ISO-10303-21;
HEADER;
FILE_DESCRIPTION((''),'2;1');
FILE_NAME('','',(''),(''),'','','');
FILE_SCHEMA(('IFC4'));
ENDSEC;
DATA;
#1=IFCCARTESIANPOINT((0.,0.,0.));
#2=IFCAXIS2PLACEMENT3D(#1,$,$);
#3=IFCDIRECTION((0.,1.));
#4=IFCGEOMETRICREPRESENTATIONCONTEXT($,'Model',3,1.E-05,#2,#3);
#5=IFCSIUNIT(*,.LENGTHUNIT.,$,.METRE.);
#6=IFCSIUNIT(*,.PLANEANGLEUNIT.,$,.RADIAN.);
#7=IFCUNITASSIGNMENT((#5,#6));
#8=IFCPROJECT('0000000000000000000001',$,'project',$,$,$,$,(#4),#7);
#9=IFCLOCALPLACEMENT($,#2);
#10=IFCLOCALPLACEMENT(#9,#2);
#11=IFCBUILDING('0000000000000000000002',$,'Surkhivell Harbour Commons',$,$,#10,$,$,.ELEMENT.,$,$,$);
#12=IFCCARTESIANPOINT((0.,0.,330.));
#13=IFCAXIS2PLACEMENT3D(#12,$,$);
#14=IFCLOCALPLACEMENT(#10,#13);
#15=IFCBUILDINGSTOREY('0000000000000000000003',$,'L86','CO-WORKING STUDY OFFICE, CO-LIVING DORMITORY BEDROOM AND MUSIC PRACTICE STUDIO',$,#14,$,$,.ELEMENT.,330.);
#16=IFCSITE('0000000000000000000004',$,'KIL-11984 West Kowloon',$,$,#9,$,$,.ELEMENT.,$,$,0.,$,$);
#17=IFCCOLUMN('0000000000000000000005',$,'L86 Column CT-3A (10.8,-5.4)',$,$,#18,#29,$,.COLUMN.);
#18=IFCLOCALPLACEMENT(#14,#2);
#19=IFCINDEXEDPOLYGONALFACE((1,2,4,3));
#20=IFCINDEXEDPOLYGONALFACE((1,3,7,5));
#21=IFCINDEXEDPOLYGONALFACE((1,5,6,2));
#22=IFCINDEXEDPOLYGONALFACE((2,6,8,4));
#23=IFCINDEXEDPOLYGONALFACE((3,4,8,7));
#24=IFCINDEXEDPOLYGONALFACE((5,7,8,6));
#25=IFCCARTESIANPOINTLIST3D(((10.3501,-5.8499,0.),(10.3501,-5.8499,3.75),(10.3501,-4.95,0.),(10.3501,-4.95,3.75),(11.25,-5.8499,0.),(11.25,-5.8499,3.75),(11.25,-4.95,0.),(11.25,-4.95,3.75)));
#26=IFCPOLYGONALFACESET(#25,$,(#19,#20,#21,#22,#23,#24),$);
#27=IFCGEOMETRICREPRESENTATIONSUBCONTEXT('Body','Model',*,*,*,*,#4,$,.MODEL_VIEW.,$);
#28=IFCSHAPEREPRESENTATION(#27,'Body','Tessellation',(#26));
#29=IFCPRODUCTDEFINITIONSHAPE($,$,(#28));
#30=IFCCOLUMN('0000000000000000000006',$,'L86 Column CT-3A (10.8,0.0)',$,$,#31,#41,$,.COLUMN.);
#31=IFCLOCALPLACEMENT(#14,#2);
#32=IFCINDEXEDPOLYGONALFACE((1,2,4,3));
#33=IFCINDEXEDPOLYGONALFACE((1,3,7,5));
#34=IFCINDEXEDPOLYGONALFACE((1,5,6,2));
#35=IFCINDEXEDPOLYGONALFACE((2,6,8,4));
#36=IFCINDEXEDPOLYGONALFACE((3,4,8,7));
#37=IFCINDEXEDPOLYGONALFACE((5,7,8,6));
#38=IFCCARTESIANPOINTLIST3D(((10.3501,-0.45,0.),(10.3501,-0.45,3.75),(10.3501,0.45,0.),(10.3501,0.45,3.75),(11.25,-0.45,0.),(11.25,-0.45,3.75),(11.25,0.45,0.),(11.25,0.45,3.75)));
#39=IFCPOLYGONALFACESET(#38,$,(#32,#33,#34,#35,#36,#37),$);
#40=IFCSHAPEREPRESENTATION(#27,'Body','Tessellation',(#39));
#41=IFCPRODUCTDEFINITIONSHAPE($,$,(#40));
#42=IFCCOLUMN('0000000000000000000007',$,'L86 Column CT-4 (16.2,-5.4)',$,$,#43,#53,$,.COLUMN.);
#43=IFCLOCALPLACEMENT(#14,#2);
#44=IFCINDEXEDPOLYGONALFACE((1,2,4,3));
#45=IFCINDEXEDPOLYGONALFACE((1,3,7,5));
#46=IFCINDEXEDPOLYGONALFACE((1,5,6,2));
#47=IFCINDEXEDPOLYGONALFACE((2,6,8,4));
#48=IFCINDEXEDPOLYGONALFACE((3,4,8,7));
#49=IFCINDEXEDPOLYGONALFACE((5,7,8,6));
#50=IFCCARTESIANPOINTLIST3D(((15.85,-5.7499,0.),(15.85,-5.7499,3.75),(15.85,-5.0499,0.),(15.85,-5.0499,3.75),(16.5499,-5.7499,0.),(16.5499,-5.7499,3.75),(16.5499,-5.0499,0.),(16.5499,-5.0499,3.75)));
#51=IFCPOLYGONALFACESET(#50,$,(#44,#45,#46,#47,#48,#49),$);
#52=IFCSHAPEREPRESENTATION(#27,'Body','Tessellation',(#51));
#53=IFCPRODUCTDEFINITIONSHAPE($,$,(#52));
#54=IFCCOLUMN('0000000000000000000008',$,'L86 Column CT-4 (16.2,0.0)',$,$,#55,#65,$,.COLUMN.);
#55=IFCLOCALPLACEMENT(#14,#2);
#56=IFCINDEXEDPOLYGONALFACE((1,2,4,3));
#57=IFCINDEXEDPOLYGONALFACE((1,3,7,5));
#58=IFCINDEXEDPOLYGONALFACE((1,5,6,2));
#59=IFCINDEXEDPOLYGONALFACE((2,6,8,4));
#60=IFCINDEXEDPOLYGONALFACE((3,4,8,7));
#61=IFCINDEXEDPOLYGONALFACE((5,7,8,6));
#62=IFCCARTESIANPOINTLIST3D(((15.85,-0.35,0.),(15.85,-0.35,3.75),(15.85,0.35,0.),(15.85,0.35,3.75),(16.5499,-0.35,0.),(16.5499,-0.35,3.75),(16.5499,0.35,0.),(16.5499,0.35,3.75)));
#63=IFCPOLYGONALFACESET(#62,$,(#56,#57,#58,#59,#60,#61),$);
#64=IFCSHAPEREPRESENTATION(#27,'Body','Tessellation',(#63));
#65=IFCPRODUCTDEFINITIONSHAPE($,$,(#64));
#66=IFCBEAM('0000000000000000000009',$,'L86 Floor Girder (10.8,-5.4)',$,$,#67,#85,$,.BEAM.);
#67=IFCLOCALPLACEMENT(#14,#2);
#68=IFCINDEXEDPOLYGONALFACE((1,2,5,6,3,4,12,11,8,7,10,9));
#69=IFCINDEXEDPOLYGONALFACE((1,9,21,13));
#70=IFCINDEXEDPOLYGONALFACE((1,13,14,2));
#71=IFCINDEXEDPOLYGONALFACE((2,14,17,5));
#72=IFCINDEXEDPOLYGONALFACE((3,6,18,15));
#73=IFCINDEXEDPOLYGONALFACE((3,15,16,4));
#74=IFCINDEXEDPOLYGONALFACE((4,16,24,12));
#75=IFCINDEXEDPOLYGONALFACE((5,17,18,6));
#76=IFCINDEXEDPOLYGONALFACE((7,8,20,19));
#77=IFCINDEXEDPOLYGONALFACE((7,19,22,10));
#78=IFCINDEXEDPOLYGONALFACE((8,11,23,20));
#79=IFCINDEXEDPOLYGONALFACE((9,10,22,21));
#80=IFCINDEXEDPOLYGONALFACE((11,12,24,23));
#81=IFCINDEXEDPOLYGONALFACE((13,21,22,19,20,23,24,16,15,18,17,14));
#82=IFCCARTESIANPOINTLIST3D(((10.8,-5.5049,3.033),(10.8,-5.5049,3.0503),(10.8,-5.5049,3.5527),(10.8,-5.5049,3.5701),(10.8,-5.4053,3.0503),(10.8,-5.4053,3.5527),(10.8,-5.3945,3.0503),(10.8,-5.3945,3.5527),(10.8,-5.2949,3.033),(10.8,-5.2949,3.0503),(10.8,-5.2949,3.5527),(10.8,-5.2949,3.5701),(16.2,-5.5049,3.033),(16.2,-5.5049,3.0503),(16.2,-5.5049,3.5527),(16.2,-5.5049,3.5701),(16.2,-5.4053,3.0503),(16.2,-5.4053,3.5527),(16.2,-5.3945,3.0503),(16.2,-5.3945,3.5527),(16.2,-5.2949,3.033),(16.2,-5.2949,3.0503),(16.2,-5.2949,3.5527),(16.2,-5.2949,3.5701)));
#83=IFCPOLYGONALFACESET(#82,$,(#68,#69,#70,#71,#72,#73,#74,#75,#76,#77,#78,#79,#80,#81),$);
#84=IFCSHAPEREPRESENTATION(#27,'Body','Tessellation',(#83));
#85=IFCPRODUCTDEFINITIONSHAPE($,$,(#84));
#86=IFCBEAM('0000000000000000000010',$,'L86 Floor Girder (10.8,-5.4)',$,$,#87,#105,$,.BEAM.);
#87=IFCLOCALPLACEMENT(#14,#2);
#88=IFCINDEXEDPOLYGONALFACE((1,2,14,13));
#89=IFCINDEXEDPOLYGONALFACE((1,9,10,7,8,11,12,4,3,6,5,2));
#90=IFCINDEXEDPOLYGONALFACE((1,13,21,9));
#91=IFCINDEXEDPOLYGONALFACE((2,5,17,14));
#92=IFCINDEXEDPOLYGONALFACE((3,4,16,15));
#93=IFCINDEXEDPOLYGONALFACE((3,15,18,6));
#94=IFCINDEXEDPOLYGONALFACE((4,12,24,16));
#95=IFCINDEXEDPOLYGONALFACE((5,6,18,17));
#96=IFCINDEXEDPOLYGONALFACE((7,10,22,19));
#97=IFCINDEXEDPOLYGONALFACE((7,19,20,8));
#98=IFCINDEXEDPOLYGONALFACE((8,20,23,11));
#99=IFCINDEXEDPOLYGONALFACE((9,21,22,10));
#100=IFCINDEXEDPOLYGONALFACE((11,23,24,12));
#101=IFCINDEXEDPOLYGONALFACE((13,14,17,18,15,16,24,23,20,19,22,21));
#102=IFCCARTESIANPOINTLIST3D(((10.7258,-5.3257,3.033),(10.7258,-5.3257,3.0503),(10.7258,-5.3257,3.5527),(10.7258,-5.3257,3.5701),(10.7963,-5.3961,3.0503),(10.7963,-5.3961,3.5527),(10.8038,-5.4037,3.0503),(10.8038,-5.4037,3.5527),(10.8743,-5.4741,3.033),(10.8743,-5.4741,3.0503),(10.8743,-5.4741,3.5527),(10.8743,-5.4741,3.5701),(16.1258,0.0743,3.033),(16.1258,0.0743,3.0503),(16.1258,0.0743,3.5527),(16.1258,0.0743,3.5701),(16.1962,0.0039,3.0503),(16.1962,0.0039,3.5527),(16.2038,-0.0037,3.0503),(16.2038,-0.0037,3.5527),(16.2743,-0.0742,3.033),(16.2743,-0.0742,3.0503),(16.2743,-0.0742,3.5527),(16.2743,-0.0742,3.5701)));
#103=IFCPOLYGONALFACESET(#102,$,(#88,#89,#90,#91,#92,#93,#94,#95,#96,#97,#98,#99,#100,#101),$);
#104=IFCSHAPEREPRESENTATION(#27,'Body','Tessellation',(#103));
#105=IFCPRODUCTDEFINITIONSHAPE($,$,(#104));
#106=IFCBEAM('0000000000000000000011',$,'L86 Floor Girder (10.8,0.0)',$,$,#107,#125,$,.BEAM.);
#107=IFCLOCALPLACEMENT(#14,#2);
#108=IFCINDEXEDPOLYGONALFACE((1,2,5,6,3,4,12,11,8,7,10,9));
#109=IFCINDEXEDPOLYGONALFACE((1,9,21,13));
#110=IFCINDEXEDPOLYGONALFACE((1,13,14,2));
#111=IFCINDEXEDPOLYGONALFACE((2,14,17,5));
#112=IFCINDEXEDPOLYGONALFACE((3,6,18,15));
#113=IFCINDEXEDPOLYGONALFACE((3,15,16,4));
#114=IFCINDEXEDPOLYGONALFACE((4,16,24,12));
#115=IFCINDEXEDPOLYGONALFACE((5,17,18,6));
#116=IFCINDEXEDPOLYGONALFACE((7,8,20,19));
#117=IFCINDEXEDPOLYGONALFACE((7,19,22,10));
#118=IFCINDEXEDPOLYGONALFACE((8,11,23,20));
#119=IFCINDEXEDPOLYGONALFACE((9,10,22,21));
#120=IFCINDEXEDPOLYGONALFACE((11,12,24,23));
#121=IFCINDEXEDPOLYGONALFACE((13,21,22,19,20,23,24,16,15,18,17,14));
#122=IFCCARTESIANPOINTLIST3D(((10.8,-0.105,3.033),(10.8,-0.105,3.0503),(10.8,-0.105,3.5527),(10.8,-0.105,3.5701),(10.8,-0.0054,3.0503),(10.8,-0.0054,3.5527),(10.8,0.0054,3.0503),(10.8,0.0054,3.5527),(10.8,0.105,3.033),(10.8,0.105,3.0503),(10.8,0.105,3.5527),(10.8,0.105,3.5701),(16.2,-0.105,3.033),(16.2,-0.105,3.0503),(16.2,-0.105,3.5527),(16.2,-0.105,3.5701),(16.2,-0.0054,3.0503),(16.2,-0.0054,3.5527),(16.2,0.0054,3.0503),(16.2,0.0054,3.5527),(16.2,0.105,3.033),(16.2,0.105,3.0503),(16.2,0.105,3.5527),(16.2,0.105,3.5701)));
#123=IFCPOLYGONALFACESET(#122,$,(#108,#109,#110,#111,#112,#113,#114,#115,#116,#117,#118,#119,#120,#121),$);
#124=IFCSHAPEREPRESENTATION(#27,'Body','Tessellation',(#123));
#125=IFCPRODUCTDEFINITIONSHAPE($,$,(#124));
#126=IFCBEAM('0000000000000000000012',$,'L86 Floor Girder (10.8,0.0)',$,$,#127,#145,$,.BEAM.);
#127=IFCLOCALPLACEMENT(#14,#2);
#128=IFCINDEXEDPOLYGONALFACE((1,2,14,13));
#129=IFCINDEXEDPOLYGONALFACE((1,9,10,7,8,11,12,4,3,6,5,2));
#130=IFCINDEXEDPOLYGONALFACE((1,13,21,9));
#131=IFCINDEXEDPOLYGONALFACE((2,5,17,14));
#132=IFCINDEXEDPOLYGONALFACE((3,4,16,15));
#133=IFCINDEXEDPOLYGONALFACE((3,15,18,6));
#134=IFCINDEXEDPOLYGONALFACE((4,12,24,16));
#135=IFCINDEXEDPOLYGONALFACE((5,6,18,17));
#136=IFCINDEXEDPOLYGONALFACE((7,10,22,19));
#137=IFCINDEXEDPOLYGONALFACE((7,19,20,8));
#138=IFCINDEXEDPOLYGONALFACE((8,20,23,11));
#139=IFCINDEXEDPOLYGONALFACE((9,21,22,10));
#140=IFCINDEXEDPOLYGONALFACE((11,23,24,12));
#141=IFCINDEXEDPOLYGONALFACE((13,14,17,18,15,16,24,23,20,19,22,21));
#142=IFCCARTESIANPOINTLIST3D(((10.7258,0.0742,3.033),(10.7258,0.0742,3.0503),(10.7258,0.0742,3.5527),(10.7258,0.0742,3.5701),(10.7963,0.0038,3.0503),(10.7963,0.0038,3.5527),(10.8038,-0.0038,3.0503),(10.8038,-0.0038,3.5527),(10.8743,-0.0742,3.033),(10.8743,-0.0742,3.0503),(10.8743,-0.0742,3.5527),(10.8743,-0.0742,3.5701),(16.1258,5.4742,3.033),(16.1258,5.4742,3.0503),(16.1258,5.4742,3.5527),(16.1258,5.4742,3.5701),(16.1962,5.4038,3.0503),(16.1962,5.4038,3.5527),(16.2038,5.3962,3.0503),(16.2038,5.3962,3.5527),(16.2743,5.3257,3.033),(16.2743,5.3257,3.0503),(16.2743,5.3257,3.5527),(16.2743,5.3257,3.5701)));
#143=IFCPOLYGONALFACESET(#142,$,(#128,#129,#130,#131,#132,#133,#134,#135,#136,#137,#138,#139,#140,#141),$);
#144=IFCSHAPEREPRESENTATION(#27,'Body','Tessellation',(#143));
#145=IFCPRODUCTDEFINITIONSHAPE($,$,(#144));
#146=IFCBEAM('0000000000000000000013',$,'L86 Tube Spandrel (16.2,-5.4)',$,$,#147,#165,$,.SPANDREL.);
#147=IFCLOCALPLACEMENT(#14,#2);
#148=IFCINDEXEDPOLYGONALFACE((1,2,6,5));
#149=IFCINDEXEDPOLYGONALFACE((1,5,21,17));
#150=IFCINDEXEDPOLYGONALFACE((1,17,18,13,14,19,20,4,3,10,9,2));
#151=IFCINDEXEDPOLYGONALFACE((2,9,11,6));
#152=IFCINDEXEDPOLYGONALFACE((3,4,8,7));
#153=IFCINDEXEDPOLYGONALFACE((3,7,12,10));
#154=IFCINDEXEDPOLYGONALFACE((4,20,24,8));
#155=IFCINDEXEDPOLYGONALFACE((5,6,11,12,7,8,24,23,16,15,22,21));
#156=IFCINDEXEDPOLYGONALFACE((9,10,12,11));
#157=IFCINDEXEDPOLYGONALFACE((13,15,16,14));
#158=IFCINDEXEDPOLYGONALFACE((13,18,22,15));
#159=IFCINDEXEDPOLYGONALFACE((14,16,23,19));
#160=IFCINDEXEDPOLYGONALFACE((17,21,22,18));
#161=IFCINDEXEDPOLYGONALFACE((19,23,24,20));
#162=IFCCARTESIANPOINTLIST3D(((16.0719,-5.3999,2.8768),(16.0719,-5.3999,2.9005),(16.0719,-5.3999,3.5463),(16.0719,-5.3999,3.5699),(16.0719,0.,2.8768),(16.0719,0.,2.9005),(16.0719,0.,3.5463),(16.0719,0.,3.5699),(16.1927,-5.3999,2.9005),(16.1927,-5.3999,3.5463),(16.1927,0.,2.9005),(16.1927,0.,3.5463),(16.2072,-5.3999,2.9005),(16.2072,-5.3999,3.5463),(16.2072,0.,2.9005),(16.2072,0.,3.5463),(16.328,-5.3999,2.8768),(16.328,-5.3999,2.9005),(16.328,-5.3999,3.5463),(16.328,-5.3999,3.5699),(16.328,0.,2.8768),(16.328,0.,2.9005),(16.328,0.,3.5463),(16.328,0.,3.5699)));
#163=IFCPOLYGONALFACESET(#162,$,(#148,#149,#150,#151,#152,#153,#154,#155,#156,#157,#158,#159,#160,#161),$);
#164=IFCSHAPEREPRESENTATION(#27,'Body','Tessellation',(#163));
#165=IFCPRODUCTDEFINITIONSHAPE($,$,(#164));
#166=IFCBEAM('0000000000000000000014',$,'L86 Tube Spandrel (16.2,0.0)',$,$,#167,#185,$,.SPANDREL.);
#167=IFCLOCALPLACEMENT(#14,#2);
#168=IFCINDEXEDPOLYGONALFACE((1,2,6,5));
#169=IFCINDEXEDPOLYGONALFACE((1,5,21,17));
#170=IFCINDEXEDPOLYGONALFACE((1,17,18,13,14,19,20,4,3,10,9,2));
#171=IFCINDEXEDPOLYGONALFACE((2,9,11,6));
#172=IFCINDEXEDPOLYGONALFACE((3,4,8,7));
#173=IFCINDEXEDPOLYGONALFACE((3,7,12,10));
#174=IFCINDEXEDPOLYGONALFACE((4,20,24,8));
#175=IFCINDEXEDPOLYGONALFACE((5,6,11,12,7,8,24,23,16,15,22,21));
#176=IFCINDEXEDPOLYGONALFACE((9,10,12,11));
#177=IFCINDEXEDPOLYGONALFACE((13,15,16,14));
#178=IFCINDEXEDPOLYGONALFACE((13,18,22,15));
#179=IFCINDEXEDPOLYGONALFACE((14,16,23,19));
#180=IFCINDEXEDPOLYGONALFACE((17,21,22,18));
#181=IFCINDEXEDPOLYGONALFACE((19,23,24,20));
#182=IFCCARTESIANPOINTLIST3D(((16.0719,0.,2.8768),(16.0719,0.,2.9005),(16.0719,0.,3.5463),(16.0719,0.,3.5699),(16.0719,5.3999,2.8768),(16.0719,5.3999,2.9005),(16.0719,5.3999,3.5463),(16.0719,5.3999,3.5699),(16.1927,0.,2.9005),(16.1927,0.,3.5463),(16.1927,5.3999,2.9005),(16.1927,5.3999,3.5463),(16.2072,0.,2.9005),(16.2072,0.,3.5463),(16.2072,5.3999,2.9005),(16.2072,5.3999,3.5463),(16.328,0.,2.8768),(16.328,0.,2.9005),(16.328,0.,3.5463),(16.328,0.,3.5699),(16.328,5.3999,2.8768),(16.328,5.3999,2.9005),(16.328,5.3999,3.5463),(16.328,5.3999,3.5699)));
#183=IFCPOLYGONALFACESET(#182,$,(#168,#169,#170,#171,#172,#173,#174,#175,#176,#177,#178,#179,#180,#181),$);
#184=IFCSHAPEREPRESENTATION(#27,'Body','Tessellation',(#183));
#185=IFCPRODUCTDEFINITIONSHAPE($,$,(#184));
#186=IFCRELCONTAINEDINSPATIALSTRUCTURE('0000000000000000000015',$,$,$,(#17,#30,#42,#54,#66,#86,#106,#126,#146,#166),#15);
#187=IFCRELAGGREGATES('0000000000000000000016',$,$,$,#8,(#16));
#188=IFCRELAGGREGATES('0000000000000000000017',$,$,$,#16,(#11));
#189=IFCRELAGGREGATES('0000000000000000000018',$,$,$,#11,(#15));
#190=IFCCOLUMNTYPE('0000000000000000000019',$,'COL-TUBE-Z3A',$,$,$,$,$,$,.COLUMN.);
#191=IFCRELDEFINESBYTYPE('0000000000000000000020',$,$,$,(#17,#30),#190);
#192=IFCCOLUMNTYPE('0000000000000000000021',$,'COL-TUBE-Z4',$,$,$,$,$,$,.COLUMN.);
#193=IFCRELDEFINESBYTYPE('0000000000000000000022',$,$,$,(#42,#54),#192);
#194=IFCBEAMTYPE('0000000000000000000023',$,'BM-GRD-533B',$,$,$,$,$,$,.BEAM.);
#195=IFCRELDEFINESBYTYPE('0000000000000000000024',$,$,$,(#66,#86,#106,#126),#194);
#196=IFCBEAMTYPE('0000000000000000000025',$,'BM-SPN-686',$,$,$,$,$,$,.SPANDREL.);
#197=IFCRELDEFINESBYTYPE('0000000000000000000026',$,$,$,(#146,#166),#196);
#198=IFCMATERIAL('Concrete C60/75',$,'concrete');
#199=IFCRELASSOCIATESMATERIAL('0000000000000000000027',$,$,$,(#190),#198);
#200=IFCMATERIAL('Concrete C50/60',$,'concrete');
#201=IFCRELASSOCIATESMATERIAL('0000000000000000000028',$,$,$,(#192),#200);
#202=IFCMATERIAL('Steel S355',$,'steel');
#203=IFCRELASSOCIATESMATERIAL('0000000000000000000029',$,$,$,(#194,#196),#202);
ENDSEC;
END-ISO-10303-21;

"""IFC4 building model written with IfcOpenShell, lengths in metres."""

from ifc_helpers import new_model, si_unit, direction, frame, origin, origin_2d, place, context, subcontext, project, spatial, rectangle, i_section, extrude, material, material_profile, profile_set, type_object, element, save


model = new_model("IFC4")

# Units and contexts
model_context = context("Model", 3, precision=1e-05, world=origin(), true_north=direction((0.0, 1.0)))
body_context = subcontext(model_context, "Body", "Model", "MODEL_VIEW")
ifc_project = project(units=[si_unit("LENGTHUNIT", "METRE"), si_unit("PLANEANGLEUNIT", "RADIAN")], contexts=[model_context])

# Site, building, storey
site_placement = place(None, origin())
site = spatial("IfcSite", under=ifc_project, at=site_placement, Name="KIL-11984 West Kowloon", CompositionType="ELEMENT", RefElevation=0.0)
building_placement = place(site_placement, origin())
building = spatial("IfcBuilding", under=site, at=building_placement, Name="Surkhivell Harbour Commons", CompositionType="ELEMENT")
storey_placement = place(building_placement, frame((0.0, 0.0, 330.0)))
storey = spatial("IfcBuildingStorey", under=building, at=storey_placement, Name="L86", Description="CO-WORKING STUDY OFFICE, CO-LIVING DORMITORY BEDROOM AND MUSIC PRACTICE STUDIO", CompositionType="ELEMENT", Elevation=330.0)

# Columns
ifc_material_1 = material(Name="Concrete C60/75", Category="concrete")
ifc_material_profile_1 = material_profile(ifc_material_1, rectangle(XDim=0.8999, YDim=0.8999, at=origin_2d()), Name="RC-COL-900x900")
ifc_profile_set_1 = profile_set([ifc_material_profile_1], Name="Concrete C60/75")
column_type_1 = type_object("IfcColumnType", Name="COL-TUBE-Z3A", PredefinedType="COLUMN", material=ifc_profile_set_1)
for number, where, z_axis, x_axis, name in (
    (1, (10.8, -5.3999, 0.0), (0.0, 0.0, 1.0), (1.0, 0.0, 0.0), "L86 Column CT-3A (10.8,-5.4)"),
    (2, (10.8, 0.0, 0.0), (0.0, 0.0, 1.0), (1.0, 0.0, 0.0), "L86 Column CT-3A (10.8,0.0)"),
):
    element("IfcColumn", number, at=place(storey_placement, frame(where, z_axis=z_axis, x_axis=x_axis)), inside=storey, type_object=column_type_1, Name=name, PredefinedType="COLUMN", context=body_context, shape_type="SweptSolid", body=[
        extrude(rectangle(XDim=0.8999, YDim=0.8999, at=origin_2d()), origin(), (0.0, 0.0, 1.0), 3.75),
    ])
ifc_material_2 = material(Name="Concrete C50/60", Category="concrete")
ifc_material_profile_2 = material_profile(ifc_material_2, rectangle(XDim=0.7, YDim=0.7, at=origin_2d()), Name="RC-COL-700x700")
ifc_profile_set_2 = profile_set([ifc_material_profile_2], Name="Concrete C50/60")
column_type_2 = type_object("IfcColumnType", Name="COL-TUBE-Z4", PredefinedType="COLUMN", material=ifc_profile_set_2)
for number, where, z_axis, x_axis, name in (
    (3, (16.2, -5.3999, 0.0), (0.0, 0.0, 1.0), (1.0, 0.0, 0.0), "L86 Column CT-4 (16.2,-5.4)"),
    (4, (16.2, 0.0, 0.0), (0.0, 0.0, 1.0), (1.0, 0.0, 0.0), "L86 Column CT-4 (16.2,0.0)"),
):
    element("IfcColumn", number, at=place(storey_placement, frame(where, z_axis=z_axis, x_axis=x_axis)), inside=storey, type_object=column_type_2, Name=name, PredefinedType="COLUMN", context=body_context, shape_type="SweptSolid", body=[
        extrude(rectangle(XDim=0.7, YDim=0.7, at=origin_2d()), origin(), (0.0, 0.0, 1.0), 3.75),
    ])

# Beams
ifc_material_3 = material(Name="Steel S355", Category="steel")
ifc_material_profile_3 = material_profile(ifc_material_3, i_section(OverallWidth=0.21, OverallDepth=0.5371, WebThickness=0.0107, FlangeThickness=0.0173, at=origin_2d()), Name="UB533x210x101")
ifc_profile_set_3 = profile_set([ifc_material_profile_3], Name="Steel S355")
beam_type_1 = type_object("IfcBeamType", Name="BM-GRD-533B", PredefinedType="BEAM", material=ifc_profile_set_3)
beam_1_placement = place(storey_placement, frame((10.8, -5.3999, 3.3015), z_axis=(1.0, 0.0, 0.0), x_axis=(0.0, 1.0, 0.0)))
element("IfcBeam", 5, at=beam_1_placement, inside=storey, type_object=beam_type_1, Name="L86 Floor Girder (10.8,-5.4)", PredefinedType="BEAM", context=body_context, shape_type="SweptSolid", body=[
    extrude(i_section(OverallWidth=0.21, OverallDepth=0.5371, WebThickness=0.0107, FlangeThickness=0.0173, at=origin_2d()), origin(), (0.0, 0.0, 1.0), 5.3999),
])
beam_2_placement = place(storey_placement, frame((10.8, -5.3999, 3.3015), z_axis=(0.707107, 0.707107, 0.0), x_axis=(-0.707107, 0.707107, 0.0)))
element("IfcBeam", 6, at=beam_2_placement, inside=storey, type_object=beam_type_1, Name="L86 Floor Girder (10.8,-5.4)", PredefinedType="BEAM", context=body_context, shape_type="SweptSolid", body=[
    extrude(i_section(OverallWidth=0.21, OverallDepth=0.5371, WebThickness=0.0107, FlangeThickness=0.0173, at=origin_2d()), origin(), (0.0, 0.0, 1.0), 7.6367),
])
beam_3_placement = place(storey_placement, frame((10.8, 0.0, 3.3015), z_axis=(1.0, 0.0, 0.0), x_axis=(0.0, 1.0, 0.0)))
element("IfcBeam", 7, at=beam_3_placement, inside=storey, type_object=beam_type_1, Name="L86 Floor Girder (10.8,0.0)", PredefinedType="BEAM", context=body_context, shape_type="SweptSolid", body=[
    extrude(i_section(OverallWidth=0.21, OverallDepth=0.5371, WebThickness=0.0107, FlangeThickness=0.0173, at=origin_2d()), origin(), (0.0, 0.0, 1.0), 5.3999),
])
beam_4_placement = place(storey_placement, frame((10.8, 0.0, 3.3015), z_axis=(0.707107, 0.707107, 0.0), x_axis=(-0.707107, 0.707107, 0.0)))
element("IfcBeam", 8, at=beam_4_placement, inside=storey, type_object=beam_type_1, Name="L86 Floor Girder (10.8,0.0)", PredefinedType="BEAM", context=body_context, shape_type="SweptSolid", body=[
    extrude(i_section(OverallWidth=0.21, OverallDepth=0.5371, WebThickness=0.0107, FlangeThickness=0.0173, at=origin_2d()), origin(), (0.0, 0.0, 1.0), 7.6367),
])
ifc_material_profile_4 = material_profile(ifc_material_3, i_section(OverallWidth=0.2561, OverallDepth=0.6931, WebThickness=0.0144, FlangeThickness=0.0237, at=origin_2d()), Name="UB686x254x170")
ifc_profile_set_4 = profile_set([ifc_material_profile_4], Name="Steel S355")
beam_type_2 = type_object("IfcBeamType", Name="BM-SPN-686", PredefinedType="SPANDREL", material=ifc_profile_set_4)
for number, where, z_axis, x_axis, name in (
    (9, (16.2, -5.3999, 3.2234), (0.0, 1.0, 0.0), (-1.0, 0.0, 0.0), "L86 Tube Spandrel (16.2,-5.4)"),
    (10, (16.2, 0.0, 3.2234), (0.0, 1.0, 0.0), (-1.0, 0.0, 0.0), "L86 Tube Spandrel (16.2,0.0)"),
):
    element("IfcBeam", number, at=place(storey_placement, frame(where, z_axis=z_axis, x_axis=x_axis)), inside=storey, type_object=beam_type_2, Name=name, PredefinedType="SPANDREL", context=body_context, shape_type="SweptSolid", body=[
        extrude(i_section(OverallWidth=0.2561, OverallDepth=0.6931, WebThickness=0.0144, FlangeThickness=0.0237, at=origin_2d()), origin(), (0.0, 0.0, 1.0), 5.3999),
    ])

save(model, "model.ifc")
